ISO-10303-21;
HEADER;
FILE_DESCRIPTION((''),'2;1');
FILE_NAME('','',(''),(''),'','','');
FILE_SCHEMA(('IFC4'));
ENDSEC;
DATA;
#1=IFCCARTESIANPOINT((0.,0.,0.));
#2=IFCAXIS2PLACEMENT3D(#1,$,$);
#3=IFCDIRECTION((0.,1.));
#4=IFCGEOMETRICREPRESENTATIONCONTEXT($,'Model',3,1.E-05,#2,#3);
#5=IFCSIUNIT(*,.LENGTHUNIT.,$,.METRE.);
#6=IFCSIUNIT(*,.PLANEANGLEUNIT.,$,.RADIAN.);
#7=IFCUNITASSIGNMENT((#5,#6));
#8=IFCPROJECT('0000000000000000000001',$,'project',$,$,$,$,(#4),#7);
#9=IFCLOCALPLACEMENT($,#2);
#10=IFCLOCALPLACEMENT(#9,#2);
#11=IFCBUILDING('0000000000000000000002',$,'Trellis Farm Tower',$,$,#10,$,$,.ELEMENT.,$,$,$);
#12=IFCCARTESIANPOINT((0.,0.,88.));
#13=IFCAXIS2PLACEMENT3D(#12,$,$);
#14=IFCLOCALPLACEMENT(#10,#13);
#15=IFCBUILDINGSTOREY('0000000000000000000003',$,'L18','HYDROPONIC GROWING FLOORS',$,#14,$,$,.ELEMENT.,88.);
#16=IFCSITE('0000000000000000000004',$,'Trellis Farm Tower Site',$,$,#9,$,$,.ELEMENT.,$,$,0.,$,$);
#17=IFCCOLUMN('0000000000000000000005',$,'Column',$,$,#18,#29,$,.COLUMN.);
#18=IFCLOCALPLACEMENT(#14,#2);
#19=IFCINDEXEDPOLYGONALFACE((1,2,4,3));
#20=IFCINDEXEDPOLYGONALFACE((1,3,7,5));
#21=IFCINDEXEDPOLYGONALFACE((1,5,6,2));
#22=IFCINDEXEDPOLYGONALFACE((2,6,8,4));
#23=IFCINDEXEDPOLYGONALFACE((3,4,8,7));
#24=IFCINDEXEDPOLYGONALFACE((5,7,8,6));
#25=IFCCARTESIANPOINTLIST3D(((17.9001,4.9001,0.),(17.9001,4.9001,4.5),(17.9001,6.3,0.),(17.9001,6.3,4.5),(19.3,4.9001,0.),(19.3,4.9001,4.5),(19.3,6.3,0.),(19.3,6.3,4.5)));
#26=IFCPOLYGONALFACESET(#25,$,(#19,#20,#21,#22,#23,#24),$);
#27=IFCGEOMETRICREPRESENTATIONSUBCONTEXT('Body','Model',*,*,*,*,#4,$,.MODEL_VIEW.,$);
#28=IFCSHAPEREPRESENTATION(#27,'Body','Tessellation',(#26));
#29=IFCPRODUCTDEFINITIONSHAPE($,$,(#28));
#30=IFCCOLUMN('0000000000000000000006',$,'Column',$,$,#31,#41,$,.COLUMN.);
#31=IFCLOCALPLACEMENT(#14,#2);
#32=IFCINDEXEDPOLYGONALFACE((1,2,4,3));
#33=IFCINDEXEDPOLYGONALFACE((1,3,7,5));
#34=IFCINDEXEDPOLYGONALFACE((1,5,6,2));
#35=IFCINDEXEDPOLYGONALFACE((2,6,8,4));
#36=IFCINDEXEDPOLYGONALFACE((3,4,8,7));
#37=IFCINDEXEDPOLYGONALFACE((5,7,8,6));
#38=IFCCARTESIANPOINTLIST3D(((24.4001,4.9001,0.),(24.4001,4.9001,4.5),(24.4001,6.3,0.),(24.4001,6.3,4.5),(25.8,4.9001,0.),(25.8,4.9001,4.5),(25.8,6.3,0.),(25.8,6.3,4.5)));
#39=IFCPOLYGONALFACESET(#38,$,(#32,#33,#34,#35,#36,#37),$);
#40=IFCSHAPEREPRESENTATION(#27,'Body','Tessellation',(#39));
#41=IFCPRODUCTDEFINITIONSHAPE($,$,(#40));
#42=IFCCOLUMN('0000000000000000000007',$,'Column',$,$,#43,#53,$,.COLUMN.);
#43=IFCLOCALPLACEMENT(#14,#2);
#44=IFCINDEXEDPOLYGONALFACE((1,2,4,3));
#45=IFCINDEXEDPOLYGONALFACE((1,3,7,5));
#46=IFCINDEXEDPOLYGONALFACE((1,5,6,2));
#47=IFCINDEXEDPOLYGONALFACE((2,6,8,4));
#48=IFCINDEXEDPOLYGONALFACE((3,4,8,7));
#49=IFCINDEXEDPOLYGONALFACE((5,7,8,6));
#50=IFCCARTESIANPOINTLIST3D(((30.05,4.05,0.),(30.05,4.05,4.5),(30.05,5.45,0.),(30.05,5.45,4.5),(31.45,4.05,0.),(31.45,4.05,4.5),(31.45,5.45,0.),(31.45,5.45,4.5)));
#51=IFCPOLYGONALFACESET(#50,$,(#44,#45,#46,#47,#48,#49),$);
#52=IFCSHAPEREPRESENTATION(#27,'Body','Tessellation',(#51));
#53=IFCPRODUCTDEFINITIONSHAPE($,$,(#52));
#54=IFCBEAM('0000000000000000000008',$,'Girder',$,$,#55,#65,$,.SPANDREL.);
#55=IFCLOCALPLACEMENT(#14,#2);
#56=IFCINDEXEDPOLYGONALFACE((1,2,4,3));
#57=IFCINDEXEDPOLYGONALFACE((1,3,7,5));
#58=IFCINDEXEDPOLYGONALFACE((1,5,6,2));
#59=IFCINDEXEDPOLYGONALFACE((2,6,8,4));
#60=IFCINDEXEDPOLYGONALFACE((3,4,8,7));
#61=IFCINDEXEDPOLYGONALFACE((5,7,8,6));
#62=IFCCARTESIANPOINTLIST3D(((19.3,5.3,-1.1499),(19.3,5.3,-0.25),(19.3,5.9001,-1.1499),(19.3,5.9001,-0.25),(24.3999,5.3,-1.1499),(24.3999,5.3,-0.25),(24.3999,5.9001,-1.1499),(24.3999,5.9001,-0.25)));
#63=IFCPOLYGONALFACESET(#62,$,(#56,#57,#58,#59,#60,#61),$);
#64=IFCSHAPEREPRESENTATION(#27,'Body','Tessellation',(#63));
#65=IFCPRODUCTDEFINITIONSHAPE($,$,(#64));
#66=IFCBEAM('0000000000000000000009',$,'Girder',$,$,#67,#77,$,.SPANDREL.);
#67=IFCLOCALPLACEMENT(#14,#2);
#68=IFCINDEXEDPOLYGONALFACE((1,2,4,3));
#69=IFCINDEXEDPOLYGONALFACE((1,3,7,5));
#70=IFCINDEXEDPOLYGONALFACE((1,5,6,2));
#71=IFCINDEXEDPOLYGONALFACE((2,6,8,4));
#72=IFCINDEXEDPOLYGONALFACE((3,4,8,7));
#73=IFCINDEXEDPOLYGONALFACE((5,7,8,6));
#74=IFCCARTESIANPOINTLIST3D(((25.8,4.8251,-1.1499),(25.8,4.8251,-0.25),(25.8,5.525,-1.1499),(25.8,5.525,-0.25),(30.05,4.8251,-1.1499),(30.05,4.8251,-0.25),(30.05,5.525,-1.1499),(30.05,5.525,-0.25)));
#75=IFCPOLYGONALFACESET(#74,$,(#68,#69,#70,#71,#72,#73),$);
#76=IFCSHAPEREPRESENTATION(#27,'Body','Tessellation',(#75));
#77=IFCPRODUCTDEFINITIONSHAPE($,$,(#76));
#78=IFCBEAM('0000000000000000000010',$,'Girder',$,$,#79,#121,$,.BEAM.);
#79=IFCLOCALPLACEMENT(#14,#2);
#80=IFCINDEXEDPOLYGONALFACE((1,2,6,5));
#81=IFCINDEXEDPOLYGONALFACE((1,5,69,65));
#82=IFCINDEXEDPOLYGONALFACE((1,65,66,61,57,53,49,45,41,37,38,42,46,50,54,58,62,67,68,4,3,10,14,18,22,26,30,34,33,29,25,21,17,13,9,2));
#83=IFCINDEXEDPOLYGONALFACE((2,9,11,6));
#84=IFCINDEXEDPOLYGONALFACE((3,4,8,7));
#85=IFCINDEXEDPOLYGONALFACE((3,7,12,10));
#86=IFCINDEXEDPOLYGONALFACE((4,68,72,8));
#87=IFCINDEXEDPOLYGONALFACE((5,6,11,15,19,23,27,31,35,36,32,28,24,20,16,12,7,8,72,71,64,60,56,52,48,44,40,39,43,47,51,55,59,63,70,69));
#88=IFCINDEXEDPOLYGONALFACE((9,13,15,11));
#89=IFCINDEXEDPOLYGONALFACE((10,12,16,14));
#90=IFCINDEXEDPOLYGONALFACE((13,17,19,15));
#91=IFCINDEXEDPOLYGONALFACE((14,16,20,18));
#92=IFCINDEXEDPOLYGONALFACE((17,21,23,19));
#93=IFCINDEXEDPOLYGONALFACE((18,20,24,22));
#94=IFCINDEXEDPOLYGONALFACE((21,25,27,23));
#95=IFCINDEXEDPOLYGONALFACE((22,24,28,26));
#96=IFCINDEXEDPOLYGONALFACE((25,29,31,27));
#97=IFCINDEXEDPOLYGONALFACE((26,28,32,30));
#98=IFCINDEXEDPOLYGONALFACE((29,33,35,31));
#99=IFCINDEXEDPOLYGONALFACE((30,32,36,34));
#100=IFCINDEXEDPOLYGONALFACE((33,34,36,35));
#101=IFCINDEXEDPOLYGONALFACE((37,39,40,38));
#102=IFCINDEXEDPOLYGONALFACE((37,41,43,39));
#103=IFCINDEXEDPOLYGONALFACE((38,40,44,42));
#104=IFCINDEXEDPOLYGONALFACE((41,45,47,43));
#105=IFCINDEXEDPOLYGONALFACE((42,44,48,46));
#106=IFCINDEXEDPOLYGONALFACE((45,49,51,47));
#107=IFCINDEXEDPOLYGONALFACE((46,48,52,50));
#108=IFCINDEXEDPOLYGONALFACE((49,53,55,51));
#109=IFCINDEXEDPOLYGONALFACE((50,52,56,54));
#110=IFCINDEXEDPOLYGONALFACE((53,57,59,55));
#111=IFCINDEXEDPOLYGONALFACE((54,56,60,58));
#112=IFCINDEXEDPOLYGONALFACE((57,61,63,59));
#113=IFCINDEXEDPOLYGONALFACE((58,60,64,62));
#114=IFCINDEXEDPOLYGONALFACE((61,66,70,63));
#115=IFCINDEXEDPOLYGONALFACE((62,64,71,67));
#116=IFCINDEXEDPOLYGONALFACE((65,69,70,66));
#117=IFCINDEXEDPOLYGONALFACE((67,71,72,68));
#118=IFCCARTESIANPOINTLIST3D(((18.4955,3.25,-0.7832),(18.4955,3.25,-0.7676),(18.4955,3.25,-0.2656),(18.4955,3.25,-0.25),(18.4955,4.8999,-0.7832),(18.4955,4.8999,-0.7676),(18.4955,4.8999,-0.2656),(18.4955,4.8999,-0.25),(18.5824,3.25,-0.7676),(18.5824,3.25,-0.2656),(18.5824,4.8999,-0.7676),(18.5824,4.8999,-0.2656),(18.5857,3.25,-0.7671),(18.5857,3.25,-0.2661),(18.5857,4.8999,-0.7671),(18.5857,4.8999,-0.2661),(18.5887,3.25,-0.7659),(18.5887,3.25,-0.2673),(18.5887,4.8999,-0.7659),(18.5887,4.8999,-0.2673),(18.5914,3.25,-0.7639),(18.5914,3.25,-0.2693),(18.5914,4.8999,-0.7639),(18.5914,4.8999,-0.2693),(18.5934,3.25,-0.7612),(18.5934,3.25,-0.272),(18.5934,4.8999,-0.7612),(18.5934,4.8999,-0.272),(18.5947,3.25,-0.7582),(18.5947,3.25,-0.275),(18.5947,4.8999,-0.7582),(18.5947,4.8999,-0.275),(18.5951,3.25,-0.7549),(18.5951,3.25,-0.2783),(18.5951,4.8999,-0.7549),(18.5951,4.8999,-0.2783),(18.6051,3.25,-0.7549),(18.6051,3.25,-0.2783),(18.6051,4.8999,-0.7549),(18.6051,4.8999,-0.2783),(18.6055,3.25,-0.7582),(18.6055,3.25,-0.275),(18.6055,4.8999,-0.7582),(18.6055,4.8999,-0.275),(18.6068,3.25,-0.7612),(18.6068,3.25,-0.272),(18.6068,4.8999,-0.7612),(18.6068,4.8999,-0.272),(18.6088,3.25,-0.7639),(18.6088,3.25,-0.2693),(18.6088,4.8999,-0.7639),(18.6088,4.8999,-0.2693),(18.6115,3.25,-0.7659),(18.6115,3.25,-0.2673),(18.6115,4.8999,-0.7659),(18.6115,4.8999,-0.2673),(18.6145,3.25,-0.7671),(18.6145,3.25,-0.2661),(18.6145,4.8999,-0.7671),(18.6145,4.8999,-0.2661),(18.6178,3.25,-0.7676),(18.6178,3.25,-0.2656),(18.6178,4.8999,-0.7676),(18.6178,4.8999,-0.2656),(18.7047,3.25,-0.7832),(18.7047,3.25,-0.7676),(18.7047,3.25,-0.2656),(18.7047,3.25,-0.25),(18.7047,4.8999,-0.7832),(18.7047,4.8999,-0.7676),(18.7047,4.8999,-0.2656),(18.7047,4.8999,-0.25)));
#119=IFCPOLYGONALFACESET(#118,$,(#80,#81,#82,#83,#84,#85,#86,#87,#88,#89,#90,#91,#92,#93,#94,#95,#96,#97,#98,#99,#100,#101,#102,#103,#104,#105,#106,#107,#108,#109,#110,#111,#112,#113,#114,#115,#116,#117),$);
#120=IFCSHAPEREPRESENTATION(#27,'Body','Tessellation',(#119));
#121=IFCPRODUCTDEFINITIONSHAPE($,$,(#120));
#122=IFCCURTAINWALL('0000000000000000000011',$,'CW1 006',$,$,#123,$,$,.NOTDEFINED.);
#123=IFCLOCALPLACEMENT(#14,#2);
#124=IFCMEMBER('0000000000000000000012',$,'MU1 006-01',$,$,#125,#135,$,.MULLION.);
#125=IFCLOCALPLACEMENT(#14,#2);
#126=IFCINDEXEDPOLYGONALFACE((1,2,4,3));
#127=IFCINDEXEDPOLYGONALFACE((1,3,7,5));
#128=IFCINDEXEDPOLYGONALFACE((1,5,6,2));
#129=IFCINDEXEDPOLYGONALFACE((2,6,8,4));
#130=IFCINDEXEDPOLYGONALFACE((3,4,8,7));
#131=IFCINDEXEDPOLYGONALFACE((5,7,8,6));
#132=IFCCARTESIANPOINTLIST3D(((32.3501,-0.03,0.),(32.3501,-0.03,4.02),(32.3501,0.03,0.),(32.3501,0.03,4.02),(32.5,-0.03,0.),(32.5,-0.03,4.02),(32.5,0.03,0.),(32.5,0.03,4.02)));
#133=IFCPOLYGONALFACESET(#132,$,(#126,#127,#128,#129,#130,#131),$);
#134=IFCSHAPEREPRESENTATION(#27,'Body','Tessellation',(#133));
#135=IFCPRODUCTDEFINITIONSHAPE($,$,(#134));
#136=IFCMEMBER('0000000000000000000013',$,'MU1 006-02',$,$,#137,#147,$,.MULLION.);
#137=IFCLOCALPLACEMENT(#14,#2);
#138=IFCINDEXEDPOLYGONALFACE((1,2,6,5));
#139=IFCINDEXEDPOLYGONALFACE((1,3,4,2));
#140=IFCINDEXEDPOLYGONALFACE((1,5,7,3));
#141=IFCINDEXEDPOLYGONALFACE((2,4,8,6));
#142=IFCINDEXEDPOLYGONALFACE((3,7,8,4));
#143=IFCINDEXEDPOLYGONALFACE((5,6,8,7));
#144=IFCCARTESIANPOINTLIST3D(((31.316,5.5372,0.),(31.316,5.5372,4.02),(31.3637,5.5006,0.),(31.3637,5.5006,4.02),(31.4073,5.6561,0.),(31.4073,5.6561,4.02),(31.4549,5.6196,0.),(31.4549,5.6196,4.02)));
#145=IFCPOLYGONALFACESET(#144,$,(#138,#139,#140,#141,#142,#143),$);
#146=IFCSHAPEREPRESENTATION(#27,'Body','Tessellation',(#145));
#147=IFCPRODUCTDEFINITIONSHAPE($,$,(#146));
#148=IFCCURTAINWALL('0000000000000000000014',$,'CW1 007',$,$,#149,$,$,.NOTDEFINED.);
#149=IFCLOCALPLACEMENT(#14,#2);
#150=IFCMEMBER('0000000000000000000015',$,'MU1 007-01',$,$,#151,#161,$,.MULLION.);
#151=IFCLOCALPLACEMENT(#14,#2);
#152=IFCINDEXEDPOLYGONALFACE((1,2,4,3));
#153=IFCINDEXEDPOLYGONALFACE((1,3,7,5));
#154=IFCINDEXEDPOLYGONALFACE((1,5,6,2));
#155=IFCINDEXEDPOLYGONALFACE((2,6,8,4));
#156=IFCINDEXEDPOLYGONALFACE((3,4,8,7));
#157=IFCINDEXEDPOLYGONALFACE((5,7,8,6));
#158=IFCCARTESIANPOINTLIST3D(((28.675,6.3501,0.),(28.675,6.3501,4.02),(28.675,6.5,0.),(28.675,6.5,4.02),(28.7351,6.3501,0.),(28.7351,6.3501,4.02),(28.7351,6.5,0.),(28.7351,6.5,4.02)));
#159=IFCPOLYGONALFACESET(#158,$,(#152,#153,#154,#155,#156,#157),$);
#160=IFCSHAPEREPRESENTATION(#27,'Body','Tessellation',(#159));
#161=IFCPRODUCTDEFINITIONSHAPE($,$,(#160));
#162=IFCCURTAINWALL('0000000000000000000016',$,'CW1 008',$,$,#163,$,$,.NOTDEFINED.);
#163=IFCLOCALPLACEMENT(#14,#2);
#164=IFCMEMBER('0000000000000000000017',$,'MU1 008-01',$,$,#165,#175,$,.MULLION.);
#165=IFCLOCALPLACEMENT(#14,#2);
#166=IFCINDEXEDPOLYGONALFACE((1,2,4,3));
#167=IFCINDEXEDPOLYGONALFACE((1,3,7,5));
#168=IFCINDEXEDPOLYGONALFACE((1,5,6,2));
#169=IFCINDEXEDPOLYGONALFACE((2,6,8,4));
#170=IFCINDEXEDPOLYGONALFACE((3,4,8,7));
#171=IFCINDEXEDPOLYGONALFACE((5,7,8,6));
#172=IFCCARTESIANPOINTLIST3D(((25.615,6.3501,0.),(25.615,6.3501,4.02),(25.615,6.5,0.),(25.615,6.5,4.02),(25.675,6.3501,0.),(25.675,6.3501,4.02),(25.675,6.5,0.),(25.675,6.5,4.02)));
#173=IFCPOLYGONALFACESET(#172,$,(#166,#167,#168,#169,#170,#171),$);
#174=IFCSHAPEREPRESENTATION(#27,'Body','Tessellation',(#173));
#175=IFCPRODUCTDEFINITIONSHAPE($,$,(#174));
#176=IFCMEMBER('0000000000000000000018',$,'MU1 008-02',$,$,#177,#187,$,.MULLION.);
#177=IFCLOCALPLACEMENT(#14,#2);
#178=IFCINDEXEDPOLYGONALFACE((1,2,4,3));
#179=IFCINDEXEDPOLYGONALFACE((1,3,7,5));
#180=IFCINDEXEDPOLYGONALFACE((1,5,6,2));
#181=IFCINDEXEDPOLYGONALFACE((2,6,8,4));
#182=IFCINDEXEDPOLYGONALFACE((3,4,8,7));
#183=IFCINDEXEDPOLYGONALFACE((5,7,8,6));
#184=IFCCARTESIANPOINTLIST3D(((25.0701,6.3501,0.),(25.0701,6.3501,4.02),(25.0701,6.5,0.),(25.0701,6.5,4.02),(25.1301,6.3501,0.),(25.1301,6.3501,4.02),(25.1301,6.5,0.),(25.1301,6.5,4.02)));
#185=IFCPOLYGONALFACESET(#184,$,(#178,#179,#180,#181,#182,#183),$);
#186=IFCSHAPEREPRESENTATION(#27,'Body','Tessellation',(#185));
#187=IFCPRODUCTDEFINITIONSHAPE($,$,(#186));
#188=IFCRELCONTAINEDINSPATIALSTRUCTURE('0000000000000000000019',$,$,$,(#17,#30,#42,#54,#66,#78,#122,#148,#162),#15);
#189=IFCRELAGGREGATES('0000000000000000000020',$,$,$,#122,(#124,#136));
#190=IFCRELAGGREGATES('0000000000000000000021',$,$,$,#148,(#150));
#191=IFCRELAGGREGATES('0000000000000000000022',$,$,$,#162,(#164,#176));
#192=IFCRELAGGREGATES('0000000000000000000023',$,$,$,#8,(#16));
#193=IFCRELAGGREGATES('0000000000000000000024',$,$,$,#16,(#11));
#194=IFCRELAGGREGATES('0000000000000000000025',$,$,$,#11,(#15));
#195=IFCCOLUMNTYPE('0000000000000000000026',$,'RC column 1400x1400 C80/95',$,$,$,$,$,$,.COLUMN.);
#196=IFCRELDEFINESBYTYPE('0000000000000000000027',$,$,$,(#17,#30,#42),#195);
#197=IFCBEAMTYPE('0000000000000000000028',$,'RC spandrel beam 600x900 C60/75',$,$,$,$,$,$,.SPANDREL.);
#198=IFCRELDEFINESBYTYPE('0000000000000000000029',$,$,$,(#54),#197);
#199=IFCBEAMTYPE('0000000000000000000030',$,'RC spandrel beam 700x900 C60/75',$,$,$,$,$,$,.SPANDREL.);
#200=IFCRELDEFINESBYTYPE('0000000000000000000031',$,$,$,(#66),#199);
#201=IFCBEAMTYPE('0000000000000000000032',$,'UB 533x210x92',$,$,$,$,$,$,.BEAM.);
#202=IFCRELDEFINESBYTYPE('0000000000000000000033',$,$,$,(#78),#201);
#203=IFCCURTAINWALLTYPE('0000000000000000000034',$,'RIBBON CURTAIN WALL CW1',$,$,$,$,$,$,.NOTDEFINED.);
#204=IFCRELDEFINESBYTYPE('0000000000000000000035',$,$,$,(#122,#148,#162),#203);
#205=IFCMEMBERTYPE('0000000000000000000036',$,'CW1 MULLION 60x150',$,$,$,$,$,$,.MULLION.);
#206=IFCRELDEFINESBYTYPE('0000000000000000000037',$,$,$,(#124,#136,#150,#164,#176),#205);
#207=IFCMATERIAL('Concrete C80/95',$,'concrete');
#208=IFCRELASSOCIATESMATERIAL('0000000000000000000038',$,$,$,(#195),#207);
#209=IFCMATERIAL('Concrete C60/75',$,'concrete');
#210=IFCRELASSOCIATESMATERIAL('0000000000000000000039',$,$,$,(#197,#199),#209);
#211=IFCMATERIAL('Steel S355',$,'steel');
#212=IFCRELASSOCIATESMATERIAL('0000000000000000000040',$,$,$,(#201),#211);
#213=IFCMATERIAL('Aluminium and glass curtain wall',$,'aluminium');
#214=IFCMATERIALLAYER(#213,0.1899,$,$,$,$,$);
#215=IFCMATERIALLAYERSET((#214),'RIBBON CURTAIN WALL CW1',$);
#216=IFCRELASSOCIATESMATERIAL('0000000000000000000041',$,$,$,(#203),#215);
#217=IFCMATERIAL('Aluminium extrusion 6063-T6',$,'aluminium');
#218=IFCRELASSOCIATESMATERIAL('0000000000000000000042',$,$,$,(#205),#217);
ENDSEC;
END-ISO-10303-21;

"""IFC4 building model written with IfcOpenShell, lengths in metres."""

from ifc_helpers import new_model, si_unit, direction, frame, origin, origin_2d, place, context, subcontext, project, spatial, rectangle, i_section, extrude, source, transform, mapped, material, layer, layer_set, material_profile, profile_set, type_object, element, aggregate, save


model = new_model("IFC4")

# Units and contexts
model_context = context("Model", 3, precision=1e-05, world=origin(), true_north=direction((0.0, 1.0)))
body_context = subcontext(model_context, "Body", "Model", "MODEL_VIEW")
ifc_project = project(units=[si_unit("LENGTHUNIT", "METRE"), si_unit("PLANEANGLEUNIT", "RADIAN")], contexts=[model_context])

# Site, building, storey
site_placement = place(None, origin())
site = spatial("IfcSite", under=ifc_project, at=site_placement, Name="Trellis Farm Tower Site", CompositionType="ELEMENT", RefElevation=0.0)
building_placement = place(site_placement, origin())
building = spatial("IfcBuilding", under=site, at=building_placement, Name="Trellis Farm Tower", CompositionType="ELEMENT")
storey_placement = place(building_placement, frame((0.0, 0.0, 88.0)))
storey = spatial("IfcBuildingStorey", under=building, at=storey_placement, Name="L18", Description="HYDROPONIC GROWING FLOORS", CompositionType="ELEMENT", Elevation=88.0)

# Columns
ifc_material_1 = material(Name="Concrete C80/95", Category="concrete")
ifc_material_profile_1 = material_profile(ifc_material_1, rectangle(XDim=1.3999, YDim=1.3999, at=origin_2d()), Name="RC column 1400x1400 C80/95")
ifc_profile_set_1 = profile_set([ifc_material_profile_1], Name="Concrete C80/95")
column_type = type_object("IfcColumnType", Name="RC column 1400x1400 C80/95", PredefinedType="COLUMN", material=ifc_profile_set_1)
shared_shape_1 = source(origin(), body_context, "Body", "SweptSolid", [
    extrude(rectangle(XDim=1.3999, YDim=1.3999, at=origin_2d()), origin(), (0.0, 0.0, 1.0), 4.5),
])
for number, where, z_axis, x_axis, name in (
    (1, (18.6001, 5.6001, 0.0), (0.0, 0.0, 1.0), (1.0, 0.0, 0.0), "Column"),
    (2, (25.1001, 5.6001, 0.0), (0.0, 0.0, 1.0), (1.0, 0.0, 0.0), "Column"),
    (3, (30.75, 4.75, 0.0), (0.0, 0.0, 1.0), (1.0, 0.0, 0.0), "Column"),
):
    element("IfcColumn", number, at=place(storey_placement, frame(where, z_axis=z_axis, x_axis=x_axis)), inside=storey, type_object=column_type, Name=name, PredefinedType="COLUMN", context=body_context, shape_type="MappedRepresentation", body=[
        mapped(shared_shape_1, transform((0.0, 0.0, 0.0))),
    ])

# Beams
ifc_material_2 = material(Name="Concrete C60/75", Category="concrete")
ifc_material_profile_2 = material_profile(ifc_material_2, rectangle(XDim=0.6001, YDim=0.8999, at=origin_2d()), Name="RC spandrel beam 600x900 C60/75")
ifc_profile_set_2 = profile_set([ifc_material_profile_2], Name="Concrete C60/75")
beam_type_1 = type_object("IfcBeamType", Name="RC spandrel beam 600x900 C60/75", PredefinedType="SPANDREL", material=ifc_profile_set_2)
shared_shape_2 = source(origin(), body_context, "Body", "SweptSolid", [
    extrude(rectangle(XDim=0.6001, YDim=0.8999, at=origin_2d()), origin(), (0.0, 0.0, 1.0), 5.0999),
])
beam_1_placement = place(storey_placement, frame((19.3, 5.6001, -0.7), z_axis=(1.0, 0.0, 0.0), x_axis=(0.0, 1.0, 0.0)))
element("IfcBeam", 4, at=beam_1_placement, inside=storey, type_object=beam_type_1, Name="Girder", PredefinedType="SPANDREL", context=body_context, shape_type="MappedRepresentation", body=[
    mapped(shared_shape_2, transform((0.0, 0.0, 0.0))),
])
ifc_material_profile_3 = material_profile(ifc_material_2, rectangle(XDim=0.7, YDim=0.8999, at=origin_2d()), Name="RC spandrel beam 700x900 C60/75")
ifc_profile_set_3 = profile_set([ifc_material_profile_3], Name="Concrete C60/75")
beam_type_2 = type_object("IfcBeamType", Name="RC spandrel beam 700x900 C60/75", PredefinedType="SPANDREL", material=ifc_profile_set_3)
shared_shape_3 = source(origin(), body_context, "Body", "SweptSolid", [
    extrude(rectangle(XDim=0.7, YDim=0.8999, at=origin_2d()), origin(), (0.0, 0.0, 1.0), 4.25),
])
beam_2_placement = place(storey_placement, frame((25.8, 5.175, -0.7), z_axis=(1.0, 0.0, 0.0), x_axis=(0.0, 1.0, 0.0)))
element("IfcBeam", 5, at=beam_2_placement, inside=storey, type_object=beam_type_2, Name="Girder", PredefinedType="SPANDREL", context=body_context, shape_type="MappedRepresentation", body=[
    mapped(shared_shape_3, transform((0.0, 0.0, 0.0))),
])
ifc_material_3 = material(Name="Steel S355", Category="steel")
ifc_material_profile_4 = material_profile(ifc_material_3, i_section(OverallWidth=0.2092, OverallDepth=0.5332, WebThickness=0.01, FlangeThickness=0.0156, FilletRadius=0.0127, at=origin_2d()), Name="UB 533x210x92")
ifc_profile_set_4 = profile_set([ifc_material_profile_4], Name="Steel S355")
beam_type_3 = type_object("IfcBeamType", Name="UB 533x210x92", PredefinedType="BEAM", material=ifc_profile_set_4)
shared_shape_4 = source(origin(), body_context, "Body", "SweptSolid", [
    extrude(i_section(OverallWidth=0.2092, OverallDepth=0.5332, WebThickness=0.01, FlangeThickness=0.0156, FilletRadius=0.0127, at=origin_2d()), origin(), (0.0, 0.0, 1.0), 1.6499),
])
beam_3_placement = place(storey_placement, frame((18.6001, 3.25, -0.5166), z_axis=(0.0, 1.0, 0.0), x_axis=(-1.0, 0.0, 0.0)))
element("IfcBeam", 6, at=beam_3_placement, inside=storey, type_object=beam_type_3, Name="Girder", PredefinedType="BEAM", context=body_context, shape_type="MappedRepresentation", body=[
    mapped(shared_shape_4, transform((0.0, 0.0, 0.0))),
])

# Curtain wall, members
ifc_material_4 = material(Name="Aluminium and glass curtain wall", Category="aluminium")
ifc_layer_1 = layer(ifc_material_4, 0.1899)
ifc_layer_set_1 = layer_set([ifc_layer_1], Name="RIBBON CURTAIN WALL CW1")
curtain_wall_type = type_object("IfcCurtainWallType", Name="RIBBON CURTAIN WALL CW1", PredefinedType="NOTDEFINED", material=ifc_layer_set_1)
placement = place(storey_placement, origin())
curtain_wall_1 = element("IfcCurtainWall", 7, at=placement, inside=storey, type_object=curtain_wall_type, Name="CW1 006", PredefinedType="NOTDEFINED")
ifc_material_5 = material(Name="Aluminium extrusion 6063-T6", Category="aluminium")
ifc_material_profile_5 = material_profile(ifc_material_5, rectangle(XDim=0.0601, YDim=0.1499, at=origin_2d()), Name="MULLION 60x150")
ifc_profile_set_5 = profile_set([ifc_material_profile_5], Name="Aluminium extrusion 6063-T6")
member_type = type_object("IfcMemberType", Name="CW1 MULLION 60x150", PredefinedType="MULLION", material=ifc_profile_set_5)
shared_shape_5 = source(origin(), body_context, "Body", "SweptSolid", [
    extrude(rectangle(XDim=0.0601, YDim=0.1499, at=origin_2d()), origin(), (0.0, 0.0, 1.0), 4.02),
])
member_1_placement = place(storey_placement, frame((32.425, 0.0, 0.0), z_axis=(0.0, 0.0, 1.0), x_axis=(0.0, 1.0, 0.0)))
member_1 = element("IfcMember", 8, at=member_1_placement, type_object=member_type, Name="MU1 006-01", PredefinedType="MULLION", context=body_context, shape_type="MappedRepresentation", body=[
    mapped(shared_shape_5, transform((0.0, 0.0, 0.0))),
])
member_2_placement = place(storey_placement, frame((31.3855, 5.5784, 0.0), z_axis=(0.0, 0.0, 1.0), x_axis=(-0.793353, 0.608761, 0.0)))
member_2 = element("IfcMember", 9, at=member_2_placement, type_object=member_type, Name="MU1 006-02", PredefinedType="MULLION", context=body_context, shape_type="MappedRepresentation", body=[
    mapped(shared_shape_5, transform((0.0, 0.0, 0.0))),
])
aggregate(curtain_wall_1, [member_1, member_2])

# Curtain wall, member
curtain_wall_2 = element("IfcCurtainWall", 10, at=placement, inside=storey, type_object=curtain_wall_type, Name="CW1 007", PredefinedType="NOTDEFINED")
member_3_placement = place(storey_placement, frame((28.7051, 6.425, 0.0), z_axis=(0.0, 0.0, 1.0), x_axis=(-1.0, 0.0, 0.0)))
member_3 = element("IfcMember", 11, at=member_3_placement, type_object=member_type, Name="MU1 007-01", PredefinedType="MULLION", context=body_context, shape_type="MappedRepresentation", body=[
    mapped(shared_shape_5, transform((0.0, 0.0, 0.0))),
])
aggregate(curtain_wall_2, [member_3])

# Curtain wall, members
curtain_wall_3 = element("IfcCurtainWall", 12, at=placement, inside=storey, type_object=curtain_wall_type, Name="CW1 008", PredefinedType="NOTDEFINED")
member_4_placement = place(storey_placement, frame((25.645, 6.425, 0.0), z_axis=(0.0, 0.0, 1.0), x_axis=(-1.0, 0.0, 0.0)))
member_4 = element("IfcMember", 13, at=member_4_placement, type_object=member_type, Name="MU1 008-01", PredefinedType="MULLION", context=body_context, shape_type="MappedRepresentation", body=[
    mapped(shared_shape_5, transform((0.0, 0.0, 0.0))),
])
member_5_placement = place(storey_placement, frame((25.1001, 6.425, 0.0), z_axis=(0.0, 0.0, 1.0), x_axis=(-1.0, 0.0, 0.0)))
member_5 = element("IfcMember", 14, at=member_5_placement, type_object=member_type, Name="MU1 008-02", PredefinedType="MULLION", context=body_context, shape_type="MappedRepresentation", body=[
    mapped(shared_shape_5, transform((0.0, 0.0, 0.0))),
])
aggregate(curtain_wall_3, [member_4, member_5])

save(model, "model.ifc")
